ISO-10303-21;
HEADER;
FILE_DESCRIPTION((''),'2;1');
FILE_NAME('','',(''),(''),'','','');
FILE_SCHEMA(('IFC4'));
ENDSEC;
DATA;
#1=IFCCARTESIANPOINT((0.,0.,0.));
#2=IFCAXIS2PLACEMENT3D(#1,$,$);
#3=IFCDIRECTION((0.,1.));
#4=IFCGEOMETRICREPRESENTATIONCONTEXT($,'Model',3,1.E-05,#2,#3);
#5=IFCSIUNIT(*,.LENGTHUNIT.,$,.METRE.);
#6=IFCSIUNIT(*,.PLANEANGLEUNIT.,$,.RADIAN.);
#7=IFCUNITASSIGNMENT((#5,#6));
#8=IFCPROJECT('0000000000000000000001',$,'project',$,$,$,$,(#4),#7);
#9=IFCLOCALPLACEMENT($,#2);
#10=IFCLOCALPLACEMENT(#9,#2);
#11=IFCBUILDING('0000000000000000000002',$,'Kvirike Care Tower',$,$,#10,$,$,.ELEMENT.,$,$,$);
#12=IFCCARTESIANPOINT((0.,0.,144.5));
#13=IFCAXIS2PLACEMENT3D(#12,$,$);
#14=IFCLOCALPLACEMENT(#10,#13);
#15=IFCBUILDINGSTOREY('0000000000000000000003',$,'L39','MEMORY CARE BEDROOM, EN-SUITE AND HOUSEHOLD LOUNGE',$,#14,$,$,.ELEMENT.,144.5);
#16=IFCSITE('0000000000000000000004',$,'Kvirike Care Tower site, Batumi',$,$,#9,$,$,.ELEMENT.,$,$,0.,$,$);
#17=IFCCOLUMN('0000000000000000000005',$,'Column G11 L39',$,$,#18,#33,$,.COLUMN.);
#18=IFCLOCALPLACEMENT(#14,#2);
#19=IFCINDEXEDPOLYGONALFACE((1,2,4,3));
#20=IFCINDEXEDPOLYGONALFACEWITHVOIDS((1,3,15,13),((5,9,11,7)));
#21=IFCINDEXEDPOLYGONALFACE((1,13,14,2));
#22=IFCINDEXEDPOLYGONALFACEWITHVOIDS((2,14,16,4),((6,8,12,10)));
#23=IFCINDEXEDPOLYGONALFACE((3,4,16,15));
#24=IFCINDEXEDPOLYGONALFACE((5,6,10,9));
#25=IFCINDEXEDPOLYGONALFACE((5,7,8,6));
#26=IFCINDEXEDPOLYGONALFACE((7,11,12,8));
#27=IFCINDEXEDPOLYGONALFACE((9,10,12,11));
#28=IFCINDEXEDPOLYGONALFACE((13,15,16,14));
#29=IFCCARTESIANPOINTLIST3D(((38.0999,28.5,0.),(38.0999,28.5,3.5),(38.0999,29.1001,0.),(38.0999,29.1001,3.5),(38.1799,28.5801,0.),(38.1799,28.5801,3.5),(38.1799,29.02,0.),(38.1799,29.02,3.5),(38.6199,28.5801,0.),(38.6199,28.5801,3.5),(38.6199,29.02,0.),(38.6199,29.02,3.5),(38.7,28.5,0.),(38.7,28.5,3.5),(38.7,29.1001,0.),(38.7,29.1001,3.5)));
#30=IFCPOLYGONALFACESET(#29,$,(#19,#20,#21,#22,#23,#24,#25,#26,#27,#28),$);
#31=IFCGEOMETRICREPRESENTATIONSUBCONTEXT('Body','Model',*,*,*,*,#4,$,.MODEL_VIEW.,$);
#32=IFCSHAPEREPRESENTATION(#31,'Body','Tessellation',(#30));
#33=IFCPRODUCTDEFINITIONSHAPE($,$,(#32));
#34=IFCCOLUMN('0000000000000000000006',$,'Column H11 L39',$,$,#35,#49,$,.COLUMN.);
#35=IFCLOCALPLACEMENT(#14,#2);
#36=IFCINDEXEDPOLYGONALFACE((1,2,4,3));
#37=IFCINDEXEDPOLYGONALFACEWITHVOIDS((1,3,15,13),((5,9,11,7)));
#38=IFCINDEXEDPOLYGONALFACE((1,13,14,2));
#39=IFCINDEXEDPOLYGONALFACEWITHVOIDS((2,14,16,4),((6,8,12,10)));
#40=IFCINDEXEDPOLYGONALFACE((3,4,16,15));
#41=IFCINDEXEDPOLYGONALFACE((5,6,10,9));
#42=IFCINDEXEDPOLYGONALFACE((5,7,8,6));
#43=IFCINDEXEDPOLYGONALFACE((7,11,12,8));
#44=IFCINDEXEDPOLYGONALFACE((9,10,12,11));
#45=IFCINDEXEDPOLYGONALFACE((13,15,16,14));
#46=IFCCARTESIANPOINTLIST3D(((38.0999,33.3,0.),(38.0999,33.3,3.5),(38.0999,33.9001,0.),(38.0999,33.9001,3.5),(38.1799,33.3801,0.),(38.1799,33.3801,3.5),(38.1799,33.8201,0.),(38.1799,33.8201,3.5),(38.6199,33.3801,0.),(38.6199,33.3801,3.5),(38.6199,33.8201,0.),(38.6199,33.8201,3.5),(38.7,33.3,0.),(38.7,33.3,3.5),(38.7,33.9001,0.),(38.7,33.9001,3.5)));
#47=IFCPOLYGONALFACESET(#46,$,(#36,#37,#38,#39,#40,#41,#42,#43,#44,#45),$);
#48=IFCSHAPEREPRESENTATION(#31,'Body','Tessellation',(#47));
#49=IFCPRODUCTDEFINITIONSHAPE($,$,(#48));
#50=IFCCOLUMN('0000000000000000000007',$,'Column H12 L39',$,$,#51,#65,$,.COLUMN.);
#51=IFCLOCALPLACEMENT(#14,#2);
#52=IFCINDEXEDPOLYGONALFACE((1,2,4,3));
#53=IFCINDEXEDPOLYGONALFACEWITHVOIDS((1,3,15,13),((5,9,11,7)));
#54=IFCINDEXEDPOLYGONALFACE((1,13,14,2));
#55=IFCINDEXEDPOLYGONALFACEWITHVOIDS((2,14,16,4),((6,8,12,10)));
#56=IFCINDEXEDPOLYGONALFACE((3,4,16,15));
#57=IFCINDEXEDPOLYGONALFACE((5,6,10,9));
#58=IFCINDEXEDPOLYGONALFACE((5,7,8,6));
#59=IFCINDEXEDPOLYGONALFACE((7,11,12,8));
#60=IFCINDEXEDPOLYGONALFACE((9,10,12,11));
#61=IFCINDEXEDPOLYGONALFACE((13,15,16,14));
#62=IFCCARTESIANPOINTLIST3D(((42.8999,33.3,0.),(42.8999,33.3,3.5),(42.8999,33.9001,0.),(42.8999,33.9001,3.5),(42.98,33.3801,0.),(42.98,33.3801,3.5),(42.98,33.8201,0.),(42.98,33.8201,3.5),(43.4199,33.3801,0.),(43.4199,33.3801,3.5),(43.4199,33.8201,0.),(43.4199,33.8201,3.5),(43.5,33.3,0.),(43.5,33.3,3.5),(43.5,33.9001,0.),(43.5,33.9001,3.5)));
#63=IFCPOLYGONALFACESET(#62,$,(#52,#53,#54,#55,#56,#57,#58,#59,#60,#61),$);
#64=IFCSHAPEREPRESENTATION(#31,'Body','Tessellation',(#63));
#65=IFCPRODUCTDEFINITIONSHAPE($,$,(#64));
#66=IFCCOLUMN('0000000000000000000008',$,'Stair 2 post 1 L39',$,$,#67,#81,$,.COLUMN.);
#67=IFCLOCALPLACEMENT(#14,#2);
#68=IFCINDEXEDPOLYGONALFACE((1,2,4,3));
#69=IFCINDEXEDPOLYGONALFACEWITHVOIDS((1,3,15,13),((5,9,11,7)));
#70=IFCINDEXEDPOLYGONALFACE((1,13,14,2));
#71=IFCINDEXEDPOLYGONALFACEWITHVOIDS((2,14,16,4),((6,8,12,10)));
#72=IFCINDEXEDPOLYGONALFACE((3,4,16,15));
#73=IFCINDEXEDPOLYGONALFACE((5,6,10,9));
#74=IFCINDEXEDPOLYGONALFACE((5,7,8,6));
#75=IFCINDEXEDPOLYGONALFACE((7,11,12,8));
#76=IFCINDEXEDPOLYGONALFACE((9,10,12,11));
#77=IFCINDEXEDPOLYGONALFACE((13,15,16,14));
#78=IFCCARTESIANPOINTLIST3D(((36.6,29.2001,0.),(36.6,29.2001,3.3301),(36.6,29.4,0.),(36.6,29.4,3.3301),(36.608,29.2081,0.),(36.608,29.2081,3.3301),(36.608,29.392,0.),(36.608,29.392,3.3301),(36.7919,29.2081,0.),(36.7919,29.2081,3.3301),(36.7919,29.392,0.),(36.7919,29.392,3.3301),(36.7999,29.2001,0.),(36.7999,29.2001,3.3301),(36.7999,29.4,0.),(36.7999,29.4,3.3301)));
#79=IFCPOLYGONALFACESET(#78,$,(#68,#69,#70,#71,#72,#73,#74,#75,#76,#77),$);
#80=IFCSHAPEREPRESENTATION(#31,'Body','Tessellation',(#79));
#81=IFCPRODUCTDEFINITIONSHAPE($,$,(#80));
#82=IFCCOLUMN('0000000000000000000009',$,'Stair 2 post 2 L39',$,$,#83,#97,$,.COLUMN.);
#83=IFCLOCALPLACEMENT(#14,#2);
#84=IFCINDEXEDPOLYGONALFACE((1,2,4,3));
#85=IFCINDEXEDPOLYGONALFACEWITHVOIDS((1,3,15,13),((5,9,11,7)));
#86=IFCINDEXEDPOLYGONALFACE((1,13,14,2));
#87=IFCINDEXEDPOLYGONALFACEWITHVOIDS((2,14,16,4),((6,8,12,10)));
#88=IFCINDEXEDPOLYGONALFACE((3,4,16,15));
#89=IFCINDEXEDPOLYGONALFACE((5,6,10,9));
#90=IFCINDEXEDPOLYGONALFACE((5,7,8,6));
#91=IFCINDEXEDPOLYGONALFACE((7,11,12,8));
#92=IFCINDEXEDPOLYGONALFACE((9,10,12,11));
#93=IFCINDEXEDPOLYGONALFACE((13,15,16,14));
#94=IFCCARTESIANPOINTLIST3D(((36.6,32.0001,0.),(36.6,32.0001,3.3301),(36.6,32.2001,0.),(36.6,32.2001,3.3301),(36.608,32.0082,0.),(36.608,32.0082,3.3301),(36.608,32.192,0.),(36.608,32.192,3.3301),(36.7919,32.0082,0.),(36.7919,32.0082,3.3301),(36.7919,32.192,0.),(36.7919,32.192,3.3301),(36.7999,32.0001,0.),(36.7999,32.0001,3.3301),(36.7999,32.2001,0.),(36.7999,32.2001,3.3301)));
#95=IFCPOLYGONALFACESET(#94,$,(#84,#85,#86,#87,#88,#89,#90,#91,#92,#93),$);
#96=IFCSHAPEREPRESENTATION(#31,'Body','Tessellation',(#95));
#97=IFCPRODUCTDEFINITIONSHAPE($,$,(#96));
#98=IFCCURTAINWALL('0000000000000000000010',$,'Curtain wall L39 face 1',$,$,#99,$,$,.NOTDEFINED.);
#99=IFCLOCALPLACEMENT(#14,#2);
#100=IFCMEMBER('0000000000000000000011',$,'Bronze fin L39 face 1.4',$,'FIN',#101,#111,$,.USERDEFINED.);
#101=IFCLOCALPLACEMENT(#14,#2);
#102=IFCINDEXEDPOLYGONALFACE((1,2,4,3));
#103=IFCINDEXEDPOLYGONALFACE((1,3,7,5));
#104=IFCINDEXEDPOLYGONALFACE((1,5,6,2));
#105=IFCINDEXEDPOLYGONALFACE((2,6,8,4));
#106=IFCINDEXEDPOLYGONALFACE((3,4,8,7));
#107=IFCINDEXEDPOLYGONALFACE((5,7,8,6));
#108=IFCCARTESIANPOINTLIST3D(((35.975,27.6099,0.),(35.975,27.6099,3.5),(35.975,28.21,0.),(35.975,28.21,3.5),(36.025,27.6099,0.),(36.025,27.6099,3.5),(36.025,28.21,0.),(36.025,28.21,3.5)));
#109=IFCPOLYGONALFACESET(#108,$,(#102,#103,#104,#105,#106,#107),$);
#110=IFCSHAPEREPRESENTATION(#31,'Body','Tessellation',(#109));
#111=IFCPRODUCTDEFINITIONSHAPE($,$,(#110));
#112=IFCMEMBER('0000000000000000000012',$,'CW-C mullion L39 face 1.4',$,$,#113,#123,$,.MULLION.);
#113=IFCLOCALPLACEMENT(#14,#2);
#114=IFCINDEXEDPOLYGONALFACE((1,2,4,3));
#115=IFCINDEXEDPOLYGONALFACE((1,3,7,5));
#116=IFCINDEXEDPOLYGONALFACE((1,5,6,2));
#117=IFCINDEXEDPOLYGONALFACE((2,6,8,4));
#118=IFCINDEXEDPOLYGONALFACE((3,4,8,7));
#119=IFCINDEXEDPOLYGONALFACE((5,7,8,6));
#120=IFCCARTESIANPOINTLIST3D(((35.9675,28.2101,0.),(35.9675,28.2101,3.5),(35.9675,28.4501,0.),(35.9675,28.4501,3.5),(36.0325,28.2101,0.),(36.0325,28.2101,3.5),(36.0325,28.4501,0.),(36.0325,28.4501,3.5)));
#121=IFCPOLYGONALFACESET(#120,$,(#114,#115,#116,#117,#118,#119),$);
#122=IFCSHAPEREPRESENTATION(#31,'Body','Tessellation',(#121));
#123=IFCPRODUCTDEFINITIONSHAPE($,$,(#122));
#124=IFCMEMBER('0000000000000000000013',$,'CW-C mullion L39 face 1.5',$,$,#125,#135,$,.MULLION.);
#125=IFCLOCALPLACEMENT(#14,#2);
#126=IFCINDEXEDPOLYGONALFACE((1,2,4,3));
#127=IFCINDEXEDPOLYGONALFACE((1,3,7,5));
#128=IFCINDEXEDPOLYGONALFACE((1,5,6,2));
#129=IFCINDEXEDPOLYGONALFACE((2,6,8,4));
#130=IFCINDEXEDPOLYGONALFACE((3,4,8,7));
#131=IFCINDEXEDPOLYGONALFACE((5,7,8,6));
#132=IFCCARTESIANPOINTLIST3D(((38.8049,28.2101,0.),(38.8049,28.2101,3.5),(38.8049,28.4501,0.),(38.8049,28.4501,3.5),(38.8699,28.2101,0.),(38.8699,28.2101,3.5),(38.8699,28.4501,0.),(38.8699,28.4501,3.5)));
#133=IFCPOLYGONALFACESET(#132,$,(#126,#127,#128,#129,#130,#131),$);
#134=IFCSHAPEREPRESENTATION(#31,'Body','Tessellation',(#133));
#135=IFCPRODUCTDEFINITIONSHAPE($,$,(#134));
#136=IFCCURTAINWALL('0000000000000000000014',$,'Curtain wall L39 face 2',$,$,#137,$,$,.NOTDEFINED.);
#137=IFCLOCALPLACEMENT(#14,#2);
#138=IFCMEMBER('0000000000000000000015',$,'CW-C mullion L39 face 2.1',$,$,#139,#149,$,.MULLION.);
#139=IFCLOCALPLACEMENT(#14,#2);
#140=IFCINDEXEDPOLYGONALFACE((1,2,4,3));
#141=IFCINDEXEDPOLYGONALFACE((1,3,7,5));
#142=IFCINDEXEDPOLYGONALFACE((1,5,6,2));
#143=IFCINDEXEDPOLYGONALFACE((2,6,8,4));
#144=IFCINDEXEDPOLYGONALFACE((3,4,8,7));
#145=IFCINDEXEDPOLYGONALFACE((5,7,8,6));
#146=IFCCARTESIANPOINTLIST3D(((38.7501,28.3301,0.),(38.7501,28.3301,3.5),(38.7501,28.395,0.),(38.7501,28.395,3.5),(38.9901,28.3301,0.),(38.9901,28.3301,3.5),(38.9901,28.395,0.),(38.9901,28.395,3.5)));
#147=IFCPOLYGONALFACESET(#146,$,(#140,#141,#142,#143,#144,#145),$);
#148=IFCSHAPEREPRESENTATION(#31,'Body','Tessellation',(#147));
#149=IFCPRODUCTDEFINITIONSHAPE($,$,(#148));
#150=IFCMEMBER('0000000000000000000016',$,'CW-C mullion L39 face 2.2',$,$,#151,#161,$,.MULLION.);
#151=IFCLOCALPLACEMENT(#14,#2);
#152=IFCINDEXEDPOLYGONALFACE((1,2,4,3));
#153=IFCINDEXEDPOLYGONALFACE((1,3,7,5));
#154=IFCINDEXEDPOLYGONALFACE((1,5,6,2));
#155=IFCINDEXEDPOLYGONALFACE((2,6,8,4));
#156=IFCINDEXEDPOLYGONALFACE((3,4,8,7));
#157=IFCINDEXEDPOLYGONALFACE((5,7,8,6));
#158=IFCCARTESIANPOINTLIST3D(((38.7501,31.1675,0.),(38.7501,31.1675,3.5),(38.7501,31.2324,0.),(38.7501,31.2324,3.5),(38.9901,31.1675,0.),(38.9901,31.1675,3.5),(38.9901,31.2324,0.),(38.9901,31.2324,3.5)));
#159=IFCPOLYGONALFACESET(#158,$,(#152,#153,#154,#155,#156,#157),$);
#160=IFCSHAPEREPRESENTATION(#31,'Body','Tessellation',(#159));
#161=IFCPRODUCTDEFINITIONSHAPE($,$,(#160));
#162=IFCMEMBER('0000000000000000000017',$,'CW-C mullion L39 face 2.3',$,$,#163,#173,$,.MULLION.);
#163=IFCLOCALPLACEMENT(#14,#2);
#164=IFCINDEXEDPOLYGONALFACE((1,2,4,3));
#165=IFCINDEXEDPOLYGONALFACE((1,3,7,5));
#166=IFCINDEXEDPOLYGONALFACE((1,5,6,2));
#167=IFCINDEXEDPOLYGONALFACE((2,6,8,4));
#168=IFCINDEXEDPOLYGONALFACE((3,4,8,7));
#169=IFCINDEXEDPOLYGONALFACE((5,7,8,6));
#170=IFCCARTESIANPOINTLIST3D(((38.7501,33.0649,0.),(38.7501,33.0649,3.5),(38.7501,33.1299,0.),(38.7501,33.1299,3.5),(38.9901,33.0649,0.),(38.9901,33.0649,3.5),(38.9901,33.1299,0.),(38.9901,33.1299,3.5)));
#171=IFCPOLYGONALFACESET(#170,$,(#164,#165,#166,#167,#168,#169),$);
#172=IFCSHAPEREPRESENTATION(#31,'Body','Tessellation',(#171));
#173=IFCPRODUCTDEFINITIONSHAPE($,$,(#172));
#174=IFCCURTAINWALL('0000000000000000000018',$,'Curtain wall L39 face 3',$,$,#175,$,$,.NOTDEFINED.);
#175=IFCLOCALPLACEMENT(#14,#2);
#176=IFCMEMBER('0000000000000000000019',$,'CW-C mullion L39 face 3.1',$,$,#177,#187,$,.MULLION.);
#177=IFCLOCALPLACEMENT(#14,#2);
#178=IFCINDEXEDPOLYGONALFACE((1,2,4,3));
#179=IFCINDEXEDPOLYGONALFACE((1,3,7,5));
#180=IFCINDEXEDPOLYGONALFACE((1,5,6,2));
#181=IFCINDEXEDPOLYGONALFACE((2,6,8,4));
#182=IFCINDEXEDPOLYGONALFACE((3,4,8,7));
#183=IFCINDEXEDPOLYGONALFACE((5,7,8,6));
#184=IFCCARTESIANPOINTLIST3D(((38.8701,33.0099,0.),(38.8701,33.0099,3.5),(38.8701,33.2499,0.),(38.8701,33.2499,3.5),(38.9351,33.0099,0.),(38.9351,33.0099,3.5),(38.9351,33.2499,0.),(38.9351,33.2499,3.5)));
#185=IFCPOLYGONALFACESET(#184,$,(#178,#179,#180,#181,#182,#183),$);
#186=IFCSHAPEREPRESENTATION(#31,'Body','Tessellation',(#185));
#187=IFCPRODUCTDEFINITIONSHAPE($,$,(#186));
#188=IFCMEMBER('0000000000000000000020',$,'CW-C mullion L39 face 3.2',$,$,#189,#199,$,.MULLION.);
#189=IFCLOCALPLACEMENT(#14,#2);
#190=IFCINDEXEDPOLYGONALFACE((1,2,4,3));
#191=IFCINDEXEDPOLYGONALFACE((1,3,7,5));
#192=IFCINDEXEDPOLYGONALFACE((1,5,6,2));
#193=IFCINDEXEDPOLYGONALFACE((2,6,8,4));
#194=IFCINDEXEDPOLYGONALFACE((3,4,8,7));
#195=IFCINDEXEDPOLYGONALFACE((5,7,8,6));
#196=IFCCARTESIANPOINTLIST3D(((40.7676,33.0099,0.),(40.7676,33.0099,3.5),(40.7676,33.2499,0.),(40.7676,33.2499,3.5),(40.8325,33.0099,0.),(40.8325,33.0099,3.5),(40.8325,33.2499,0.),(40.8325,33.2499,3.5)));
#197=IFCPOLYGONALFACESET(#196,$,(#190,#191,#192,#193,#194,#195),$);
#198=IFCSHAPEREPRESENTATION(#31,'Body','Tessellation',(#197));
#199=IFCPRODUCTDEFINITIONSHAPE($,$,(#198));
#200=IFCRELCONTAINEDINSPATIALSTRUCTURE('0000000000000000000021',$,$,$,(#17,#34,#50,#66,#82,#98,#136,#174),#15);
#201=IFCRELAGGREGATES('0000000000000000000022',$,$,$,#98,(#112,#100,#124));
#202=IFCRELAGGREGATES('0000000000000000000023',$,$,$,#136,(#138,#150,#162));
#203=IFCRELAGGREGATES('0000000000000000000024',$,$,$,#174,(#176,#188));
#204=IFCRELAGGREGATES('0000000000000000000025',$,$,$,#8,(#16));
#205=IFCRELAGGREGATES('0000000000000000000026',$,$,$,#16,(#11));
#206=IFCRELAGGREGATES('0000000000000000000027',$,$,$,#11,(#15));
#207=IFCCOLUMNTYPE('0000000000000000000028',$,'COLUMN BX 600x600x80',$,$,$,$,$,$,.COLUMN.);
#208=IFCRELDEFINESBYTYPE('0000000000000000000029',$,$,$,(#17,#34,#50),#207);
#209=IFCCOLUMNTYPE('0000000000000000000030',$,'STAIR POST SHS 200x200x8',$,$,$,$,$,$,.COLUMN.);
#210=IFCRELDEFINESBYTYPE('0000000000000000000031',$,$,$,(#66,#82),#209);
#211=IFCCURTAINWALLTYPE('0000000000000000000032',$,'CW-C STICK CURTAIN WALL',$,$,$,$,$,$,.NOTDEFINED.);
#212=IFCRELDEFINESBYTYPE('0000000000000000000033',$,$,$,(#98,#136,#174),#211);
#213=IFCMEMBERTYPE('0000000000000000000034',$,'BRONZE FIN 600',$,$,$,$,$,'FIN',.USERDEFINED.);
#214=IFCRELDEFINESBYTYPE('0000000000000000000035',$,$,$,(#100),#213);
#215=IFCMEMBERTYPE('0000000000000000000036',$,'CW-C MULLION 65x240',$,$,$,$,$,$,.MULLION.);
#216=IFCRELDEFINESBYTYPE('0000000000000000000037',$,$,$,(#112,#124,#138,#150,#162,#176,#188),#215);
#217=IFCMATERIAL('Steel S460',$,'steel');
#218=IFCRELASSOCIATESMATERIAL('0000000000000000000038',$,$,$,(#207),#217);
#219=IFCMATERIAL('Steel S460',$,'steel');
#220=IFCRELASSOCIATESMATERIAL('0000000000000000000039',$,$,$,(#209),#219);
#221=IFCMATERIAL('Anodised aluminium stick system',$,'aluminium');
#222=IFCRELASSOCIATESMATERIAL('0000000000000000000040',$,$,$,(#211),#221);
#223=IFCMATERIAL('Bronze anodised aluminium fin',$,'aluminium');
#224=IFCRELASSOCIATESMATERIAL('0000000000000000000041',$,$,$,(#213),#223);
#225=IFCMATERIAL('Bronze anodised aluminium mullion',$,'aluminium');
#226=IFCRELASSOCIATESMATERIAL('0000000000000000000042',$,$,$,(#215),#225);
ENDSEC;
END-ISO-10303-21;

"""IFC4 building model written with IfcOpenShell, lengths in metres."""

from ifc_helpers import new_model, si_unit, direction, frame, origin, origin_2d, place, context, subcontext, project, spatial, rectangle, hollow_rectangle, extrude, material, material_profile, profile_set, type_object, element, aggregate, save


model = new_model("IFC4")

# Units and contexts
model_context = context("Model", 3, precision=1e-05, world=origin(), true_north=direction((0.0, 1.0)))
body_context = subcontext(model_context, "Body", "Model", "MODEL_VIEW")
ifc_project = project(units=[si_unit("LENGTHUNIT", "METRE"), si_unit("PLANEANGLEUNIT", "RADIAN")], contexts=[model_context])

# Site, building, storey
site_placement = place(None, origin())
site = spatial("IfcSite", under=ifc_project, at=site_placement, Name="Kvirike Care Tower site, Batumi", CompositionType="ELEMENT", RefElevation=0.0)
building_placement = place(site_placement, origin())
building = spatial("IfcBuilding", under=site, at=building_placement, Name="Kvirike Care Tower", CompositionType="ELEMENT")
storey_placement = place(building_placement, frame((0.0, 0.0, 144.5)))
storey = spatial("IfcBuildingStorey", under=building, at=storey_placement, Name="L39", Description="MEMORY CARE BEDROOM, EN-SUITE AND HOUSEHOLD LOUNGE", CompositionType="ELEMENT", Elevation=144.5)

# Columns
ifc_material_1 = material(Name="Steel S460", Category="steel")
ifc_material_profile_1 = material_profile(ifc_material_1, hollow_rectangle(XDim=0.6001, YDim=0.6001, WallThickness=0.0801, at=origin_2d()), Name="BX 600x600x80")
ifc_profile_set_1 = profile_set([ifc_material_profile_1], Name="Steel S460")
column_type_1 = type_object("IfcColumnType", Name="COLUMN BX 600x600x80", PredefinedType="COLUMN", material=ifc_profile_set_1)
for number, where, z_axis, x_axis, name in (
    (1, (38.3999, 28.8, 0.0), (0.0, 0.0, 1.0), (0.0, 1.0, 0.0), "Column G11 L39"),
    (2, (38.3999, 33.6001, 0.0), (0.0, 0.0, 1.0), (0.0, 1.0, 0.0), "Column H11 L39"),
    (3, (43.2, 33.6001, 0.0), (0.0, 0.0, 1.0), (0.0, 1.0, 0.0), "Column H12 L39"),
):
    element("IfcColumn", number, at=place(storey_placement, frame(where, z_axis=z_axis, x_axis=x_axis)), inside=storey, type_object=column_type_1, Name=name, PredefinedType="COLUMN", context=body_context, shape_type="SweptSolid", body=[
        extrude(hollow_rectangle(XDim=0.6001, YDim=0.6001, WallThickness=0.0801, at=origin_2d()), origin(), (0.0, 0.0, 1.0), 3.5),
    ])
ifc_material_2 = material(Name="Steel S460", Category="steel")
ifc_material_profile_2 = material_profile(ifc_material_2, hollow_rectangle(XDim=0.2, YDim=0.2, WallThickness=0.0081, at=origin_2d()), Name="SHS 200x200x8")
ifc_profile_set_2 = profile_set([ifc_material_profile_2], Name="Steel S460")
column_type_2 = type_object("IfcColumnType", Name="STAIR POST SHS 200x200x8", PredefinedType="COLUMN", material=ifc_profile_set_2)
for number, where, z_axis, x_axis, name in (
    (4, (36.7, 29.3, 0.0), (0.0, 0.0, 1.0), (1.0, 0.0, 0.0), "Stair 2 post 1 L39"),
    (5, (36.7, 32.1001, 0.0), (0.0, 0.0, 1.0), (1.0, 0.0, 0.0), "Stair 2 post 2 L39"),
):
    element("IfcColumn", number, at=place(storey_placement, frame(where, z_axis=z_axis, x_axis=x_axis)), inside=storey, type_object=column_type_2, Name=name, PredefinedType="COLUMN", context=body_context, shape_type="SweptSolid", body=[
        extrude(hollow_rectangle(XDim=0.2, YDim=0.2, WallThickness=0.0081, at=origin_2d()), origin(), (0.0, 0.0, 1.0), 3.3301),
    ])

# Curtain walls, members
ifc_material_3 = material(Name="Anodised aluminium stick system", Category="aluminium")
curtain_wall_type = type_object("IfcCurtainWallType", Name="CW-C STICK CURTAIN WALL", PredefinedType="NOTDEFINED", material=ifc_material_3)
curtain_wall_1_placement = place(storey_placement, origin())
curtain_wall_1 = element("IfcCurtainWall", 6, at=curtain_wall_1_placement, inside=storey, type_object=curtain_wall_type, Name="Curtain wall L39 face 1", PredefinedType="NOTDEFINED")
ifc_material_4 = material(Name="Bronze anodised aluminium fin", Category="aluminium")
ifc_material_profile_3 = material_profile(ifc_material_4, rectangle(XDim=0.05, YDim=0.6001, at=origin_2d()), Name="BRONZE FIN 600")
ifc_profile_set_3 = profile_set([ifc_material_profile_3], Name="Bronze anodised aluminium fin")
member_type_1 = type_object("IfcMemberType", Name="BRONZE FIN 600", ElementType="FIN", PredefinedType="USERDEFINED", material=ifc_profile_set_3)
member_1_placement = place(storey_placement, frame((36.0, 27.9099, 0.0), z_axis=(0.0, 0.0, 1.0), x_axis=(1.0, 0.0, 0.0)))
member_1 = element("IfcMember", 7, at=member_1_placement, type_object=member_type_1, Name="Bronze fin L39 face 1.4", ObjectType="FIN", PredefinedType="USERDEFINED", context=body_context, shape_type="SweptSolid", body=[
    extrude(rectangle(XDim=0.05, YDim=0.6001, at=origin_2d()), origin(), (0.0, 0.0, 1.0), 3.5),
])
ifc_material_5 = material(Name="Bronze anodised aluminium mullion", Category="aluminium")
ifc_material_profile_4 = material_profile(ifc_material_5, rectangle(XDim=0.0649, YDim=0.24, at=origin_2d()), Name="CW-C MULLION 65x240")
ifc_profile_set_4 = profile_set([ifc_material_profile_4], Name="Bronze anodised aluminium mullion")
member_type_2 = type_object("IfcMemberType", Name="CW-C MULLION 65x240", PredefinedType="MULLION", material=ifc_profile_set_4)
member_2_placement = place(storey_placement, frame((36.0, 28.3301, 0.0), z_axis=(0.0, 0.0, 1.0), x_axis=(1.0, 0.0, 0.0)))
member_2 = element("IfcMember", 8, at=member_2_placement, type_object=member_type_2, Name="CW-C mullion L39 face 1.4", PredefinedType="MULLION", context=body_context, shape_type="SweptSolid", body=[
    extrude(rectangle(XDim=0.0649, YDim=0.24, at=origin_2d()), origin(), (0.0, 0.0, 1.0), 3.5),
])
member_3_placement = place(storey_placement, frame((38.8374, 28.3301, 0.0), z_axis=(0.0, 0.0, 1.0), x_axis=(1.0, 0.0, 0.0)))
member_3 = element("IfcMember", 9, at=member_3_placement, type_object=member_type_2, Name="CW-C mullion L39 face 1.5", PredefinedType="MULLION", context=body_context, shape_type="SweptSolid", body=[
    extrude(rectangle(XDim=0.0649, YDim=0.24, at=origin_2d()), origin(), (0.0, 0.0, 1.0), 3.5),
])
curtain_wall_2_placement = place(storey_placement, origin())
curtain_wall_2 = element("IfcCurtainWall", 10, at=curtain_wall_2_placement, inside=storey, type_object=curtain_wall_type, Name="Curtain wall L39 face 2", PredefinedType="NOTDEFINED")
member_4_placement = place(storey_placement, frame((38.8701, 28.3625, 0.0), z_axis=(0.0, 0.0, 1.0), x_axis=(0.0, 1.0, 0.0)))
member_4 = element("IfcMember", 11, at=member_4_placement, type_object=member_type_2, Name="CW-C mullion L39 face 2.1", PredefinedType="MULLION", context=body_context, shape_type="SweptSolid", body=[
    extrude(rectangle(XDim=0.0649, YDim=0.24, at=origin_2d()), origin(), (0.0, 0.0, 1.0), 3.5),
])
member_5_placement = place(storey_placement, frame((38.8701, 31.2, 0.0), z_axis=(0.0, 0.0, 1.0), x_axis=(0.0, 1.0, 0.0)))
member_5 = element("IfcMember", 12, at=member_5_placement, type_object=member_type_2, Name="CW-C mullion L39 face 2.2", PredefinedType="MULLION", context=body_context, shape_type="SweptSolid", body=[
    extrude(rectangle(XDim=0.0649, YDim=0.24, at=origin_2d()), origin(), (0.0, 0.0, 1.0), 3.5),
])
member_6_placement = place(storey_placement, frame((38.8701, 33.0974, 0.0), z_axis=(0.0, 0.0, 1.0), x_axis=(0.0, 1.0, 0.0)))
member_6 = element("IfcMember", 13, at=member_6_placement, type_object=member_type_2, Name="CW-C mullion L39 face 2.3", PredefinedType="MULLION", context=body_context, shape_type="SweptSolid", body=[
    extrude(rectangle(XDim=0.0649, YDim=0.24, at=origin_2d()), origin(), (0.0, 0.0, 1.0), 3.5),
])
curtain_wall_3_placement = place(storey_placement, origin())
curtain_wall_3 = element("IfcCurtainWall", 14, at=curtain_wall_3_placement, inside=storey, type_object=curtain_wall_type, Name="Curtain wall L39 face 3", PredefinedType="NOTDEFINED")
member_7_placement = place(storey_placement, frame((38.9026, 33.1299, 0.0), z_axis=(0.0, 0.0, 1.0), x_axis=(1.0, 0.0, 0.0)))
member_7 = element("IfcMember", 15, at=member_7_placement, type_object=member_type_2, Name="CW-C mullion L39 face 3.1", PredefinedType="MULLION", context=body_context, shape_type="SweptSolid", body=[
    extrude(rectangle(XDim=0.0649, YDim=0.24, at=origin_2d()), origin(), (0.0, 0.0, 1.0), 3.5),
])
member_8_placement = place(storey_placement, frame((40.8, 33.1299, 0.0), z_axis=(0.0, 0.0, 1.0), x_axis=(1.0, 0.0, 0.0)))
member_8 = element("IfcMember", 16, at=member_8_placement, type_object=member_type_2, Name="CW-C mullion L39 face 3.2", PredefinedType="MULLION", context=body_context, shape_type="SweptSolid", body=[
    extrude(rectangle(XDim=0.0649, YDim=0.24, at=origin_2d()), origin(), (0.0, 0.0, 1.0), 3.5),
])

aggregate(curtain_wall_1, [member_2, member_1, member_3])
aggregate(curtain_wall_2, [member_4, member_5, member_6])
aggregate(curtain_wall_3, [member_7, member_8])

save(model, "model.ifc")
